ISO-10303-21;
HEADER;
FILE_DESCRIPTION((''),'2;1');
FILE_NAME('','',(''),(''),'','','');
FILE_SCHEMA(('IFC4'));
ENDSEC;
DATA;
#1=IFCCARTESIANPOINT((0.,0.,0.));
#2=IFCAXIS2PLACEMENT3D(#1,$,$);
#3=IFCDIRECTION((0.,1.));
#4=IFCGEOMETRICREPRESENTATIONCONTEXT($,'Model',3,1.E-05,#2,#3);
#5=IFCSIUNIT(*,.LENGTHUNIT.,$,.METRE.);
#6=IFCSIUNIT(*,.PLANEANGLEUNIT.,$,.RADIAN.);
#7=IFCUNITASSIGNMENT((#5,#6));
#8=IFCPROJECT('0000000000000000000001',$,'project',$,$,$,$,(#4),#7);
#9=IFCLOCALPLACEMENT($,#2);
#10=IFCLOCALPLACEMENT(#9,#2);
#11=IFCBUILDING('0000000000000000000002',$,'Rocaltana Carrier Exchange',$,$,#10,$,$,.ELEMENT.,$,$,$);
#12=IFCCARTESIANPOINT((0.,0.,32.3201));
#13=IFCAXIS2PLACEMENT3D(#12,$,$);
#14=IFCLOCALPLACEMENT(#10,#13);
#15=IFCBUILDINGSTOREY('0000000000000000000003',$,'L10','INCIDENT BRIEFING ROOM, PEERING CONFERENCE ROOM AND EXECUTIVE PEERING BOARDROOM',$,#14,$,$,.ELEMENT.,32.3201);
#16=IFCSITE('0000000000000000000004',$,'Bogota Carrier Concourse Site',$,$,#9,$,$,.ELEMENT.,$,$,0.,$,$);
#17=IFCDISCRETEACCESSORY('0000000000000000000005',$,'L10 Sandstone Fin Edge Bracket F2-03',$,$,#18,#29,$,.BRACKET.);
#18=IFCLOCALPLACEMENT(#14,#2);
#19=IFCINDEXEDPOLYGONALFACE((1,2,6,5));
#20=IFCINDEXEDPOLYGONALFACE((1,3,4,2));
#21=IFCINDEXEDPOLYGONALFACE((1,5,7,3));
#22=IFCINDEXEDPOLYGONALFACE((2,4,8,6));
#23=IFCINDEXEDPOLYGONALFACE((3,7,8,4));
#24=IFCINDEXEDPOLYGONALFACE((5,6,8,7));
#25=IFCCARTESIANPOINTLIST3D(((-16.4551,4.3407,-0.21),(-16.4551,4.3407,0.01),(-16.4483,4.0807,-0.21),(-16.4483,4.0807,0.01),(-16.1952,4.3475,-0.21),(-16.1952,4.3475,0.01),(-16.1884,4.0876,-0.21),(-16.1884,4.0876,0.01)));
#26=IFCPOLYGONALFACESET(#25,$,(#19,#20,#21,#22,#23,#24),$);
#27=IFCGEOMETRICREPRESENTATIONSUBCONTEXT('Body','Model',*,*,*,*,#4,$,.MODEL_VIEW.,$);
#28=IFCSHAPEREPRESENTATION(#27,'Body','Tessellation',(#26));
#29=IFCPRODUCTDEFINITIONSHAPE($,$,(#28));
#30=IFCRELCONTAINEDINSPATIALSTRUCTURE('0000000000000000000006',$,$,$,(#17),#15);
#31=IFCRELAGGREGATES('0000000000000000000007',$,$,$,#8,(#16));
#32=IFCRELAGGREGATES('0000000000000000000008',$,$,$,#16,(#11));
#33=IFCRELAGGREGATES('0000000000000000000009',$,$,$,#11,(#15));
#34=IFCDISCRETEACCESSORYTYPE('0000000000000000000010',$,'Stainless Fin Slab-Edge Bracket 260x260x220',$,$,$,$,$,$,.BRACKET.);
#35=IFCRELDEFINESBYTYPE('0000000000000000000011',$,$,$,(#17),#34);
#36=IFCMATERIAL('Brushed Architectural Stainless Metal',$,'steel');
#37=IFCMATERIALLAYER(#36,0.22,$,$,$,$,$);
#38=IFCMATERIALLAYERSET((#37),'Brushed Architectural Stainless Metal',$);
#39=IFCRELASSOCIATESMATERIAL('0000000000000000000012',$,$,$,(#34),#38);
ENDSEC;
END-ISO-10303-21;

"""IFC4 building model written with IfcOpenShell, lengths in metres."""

from ifc_helpers import new_model, si_unit, direction, frame, origin, origin_2d, place, context, subcontext, project, spatial, rectangle, extrude, material, layer, layer_set, type_object, element, save


model = new_model("IFC4")

# Units and contexts
model_context = context("Model", 3, precision=1e-05, world=origin(), true_north=direction((0.0, 1.0)))
body_context = subcontext(model_context, "Body", "Model", "MODEL_VIEW")
ifc_project = project(units=[si_unit("LENGTHUNIT", "METRE"), si_unit("PLANEANGLEUNIT", "RADIAN")], contexts=[model_context])

# Site, building, storey
site_placement = place(None, origin())
site = spatial("IfcSite", under=ifc_project, at=site_placement, Name="Bogota Carrier Concourse Site", CompositionType="ELEMENT", RefElevation=0.0)
building_placement = place(site_placement, origin())
building = spatial("IfcBuilding", under=site, at=building_placement, Name="Rocaltana Carrier Exchange", CompositionType="ELEMENT")
storey_placement = place(building_placement, frame((0.0, 0.0, 32.3201)))
storey = spatial("IfcBuildingStorey", under=building, at=storey_placement, Name="L10", Description="INCIDENT BRIEFING ROOM, PEERING CONFERENCE ROOM AND EXECUTIVE PEERING BOARDROOM", CompositionType="ELEMENT", Elevation=32.3201)

# Discrete accessory
ifc_material_1 = material(Name="Brushed Architectural Stainless Metal", Category="steel")
ifc_layer_1 = layer(ifc_material_1, 0.22)
ifc_layer_set_1 = layer_set([ifc_layer_1], Name="Brushed Architectural Stainless Metal")
discrete_accessory_type = type_object("IfcDiscreteAccessoryType", Name="Stainless Fin Slab-Edge Bracket 260x260x220", PredefinedType="BRACKET", material=ifc_layer_set_1)
discrete_accessory_placement = place(storey_placement, frame((-16.3218, 4.2141, -0.21), z_axis=(0.0, 0.0, 1.0), x_axis=(0.026177, -0.999657, 0.0)))
element("IfcDiscreteAccessory", 1, at=discrete_accessory_placement, inside=storey, type_object=discrete_accessory_type, Name="L10 Sandstone Fin Edge Bracket F2-03", PredefinedType="BRACKET", context=body_context, shape_type="SweptSolid", body=[
    extrude(rectangle(XDim=0.26, YDim=0.26, at=origin_2d()), origin(), (0.0, 0.0, 1.0), 0.22),
])

save(model, "model.ifc")
